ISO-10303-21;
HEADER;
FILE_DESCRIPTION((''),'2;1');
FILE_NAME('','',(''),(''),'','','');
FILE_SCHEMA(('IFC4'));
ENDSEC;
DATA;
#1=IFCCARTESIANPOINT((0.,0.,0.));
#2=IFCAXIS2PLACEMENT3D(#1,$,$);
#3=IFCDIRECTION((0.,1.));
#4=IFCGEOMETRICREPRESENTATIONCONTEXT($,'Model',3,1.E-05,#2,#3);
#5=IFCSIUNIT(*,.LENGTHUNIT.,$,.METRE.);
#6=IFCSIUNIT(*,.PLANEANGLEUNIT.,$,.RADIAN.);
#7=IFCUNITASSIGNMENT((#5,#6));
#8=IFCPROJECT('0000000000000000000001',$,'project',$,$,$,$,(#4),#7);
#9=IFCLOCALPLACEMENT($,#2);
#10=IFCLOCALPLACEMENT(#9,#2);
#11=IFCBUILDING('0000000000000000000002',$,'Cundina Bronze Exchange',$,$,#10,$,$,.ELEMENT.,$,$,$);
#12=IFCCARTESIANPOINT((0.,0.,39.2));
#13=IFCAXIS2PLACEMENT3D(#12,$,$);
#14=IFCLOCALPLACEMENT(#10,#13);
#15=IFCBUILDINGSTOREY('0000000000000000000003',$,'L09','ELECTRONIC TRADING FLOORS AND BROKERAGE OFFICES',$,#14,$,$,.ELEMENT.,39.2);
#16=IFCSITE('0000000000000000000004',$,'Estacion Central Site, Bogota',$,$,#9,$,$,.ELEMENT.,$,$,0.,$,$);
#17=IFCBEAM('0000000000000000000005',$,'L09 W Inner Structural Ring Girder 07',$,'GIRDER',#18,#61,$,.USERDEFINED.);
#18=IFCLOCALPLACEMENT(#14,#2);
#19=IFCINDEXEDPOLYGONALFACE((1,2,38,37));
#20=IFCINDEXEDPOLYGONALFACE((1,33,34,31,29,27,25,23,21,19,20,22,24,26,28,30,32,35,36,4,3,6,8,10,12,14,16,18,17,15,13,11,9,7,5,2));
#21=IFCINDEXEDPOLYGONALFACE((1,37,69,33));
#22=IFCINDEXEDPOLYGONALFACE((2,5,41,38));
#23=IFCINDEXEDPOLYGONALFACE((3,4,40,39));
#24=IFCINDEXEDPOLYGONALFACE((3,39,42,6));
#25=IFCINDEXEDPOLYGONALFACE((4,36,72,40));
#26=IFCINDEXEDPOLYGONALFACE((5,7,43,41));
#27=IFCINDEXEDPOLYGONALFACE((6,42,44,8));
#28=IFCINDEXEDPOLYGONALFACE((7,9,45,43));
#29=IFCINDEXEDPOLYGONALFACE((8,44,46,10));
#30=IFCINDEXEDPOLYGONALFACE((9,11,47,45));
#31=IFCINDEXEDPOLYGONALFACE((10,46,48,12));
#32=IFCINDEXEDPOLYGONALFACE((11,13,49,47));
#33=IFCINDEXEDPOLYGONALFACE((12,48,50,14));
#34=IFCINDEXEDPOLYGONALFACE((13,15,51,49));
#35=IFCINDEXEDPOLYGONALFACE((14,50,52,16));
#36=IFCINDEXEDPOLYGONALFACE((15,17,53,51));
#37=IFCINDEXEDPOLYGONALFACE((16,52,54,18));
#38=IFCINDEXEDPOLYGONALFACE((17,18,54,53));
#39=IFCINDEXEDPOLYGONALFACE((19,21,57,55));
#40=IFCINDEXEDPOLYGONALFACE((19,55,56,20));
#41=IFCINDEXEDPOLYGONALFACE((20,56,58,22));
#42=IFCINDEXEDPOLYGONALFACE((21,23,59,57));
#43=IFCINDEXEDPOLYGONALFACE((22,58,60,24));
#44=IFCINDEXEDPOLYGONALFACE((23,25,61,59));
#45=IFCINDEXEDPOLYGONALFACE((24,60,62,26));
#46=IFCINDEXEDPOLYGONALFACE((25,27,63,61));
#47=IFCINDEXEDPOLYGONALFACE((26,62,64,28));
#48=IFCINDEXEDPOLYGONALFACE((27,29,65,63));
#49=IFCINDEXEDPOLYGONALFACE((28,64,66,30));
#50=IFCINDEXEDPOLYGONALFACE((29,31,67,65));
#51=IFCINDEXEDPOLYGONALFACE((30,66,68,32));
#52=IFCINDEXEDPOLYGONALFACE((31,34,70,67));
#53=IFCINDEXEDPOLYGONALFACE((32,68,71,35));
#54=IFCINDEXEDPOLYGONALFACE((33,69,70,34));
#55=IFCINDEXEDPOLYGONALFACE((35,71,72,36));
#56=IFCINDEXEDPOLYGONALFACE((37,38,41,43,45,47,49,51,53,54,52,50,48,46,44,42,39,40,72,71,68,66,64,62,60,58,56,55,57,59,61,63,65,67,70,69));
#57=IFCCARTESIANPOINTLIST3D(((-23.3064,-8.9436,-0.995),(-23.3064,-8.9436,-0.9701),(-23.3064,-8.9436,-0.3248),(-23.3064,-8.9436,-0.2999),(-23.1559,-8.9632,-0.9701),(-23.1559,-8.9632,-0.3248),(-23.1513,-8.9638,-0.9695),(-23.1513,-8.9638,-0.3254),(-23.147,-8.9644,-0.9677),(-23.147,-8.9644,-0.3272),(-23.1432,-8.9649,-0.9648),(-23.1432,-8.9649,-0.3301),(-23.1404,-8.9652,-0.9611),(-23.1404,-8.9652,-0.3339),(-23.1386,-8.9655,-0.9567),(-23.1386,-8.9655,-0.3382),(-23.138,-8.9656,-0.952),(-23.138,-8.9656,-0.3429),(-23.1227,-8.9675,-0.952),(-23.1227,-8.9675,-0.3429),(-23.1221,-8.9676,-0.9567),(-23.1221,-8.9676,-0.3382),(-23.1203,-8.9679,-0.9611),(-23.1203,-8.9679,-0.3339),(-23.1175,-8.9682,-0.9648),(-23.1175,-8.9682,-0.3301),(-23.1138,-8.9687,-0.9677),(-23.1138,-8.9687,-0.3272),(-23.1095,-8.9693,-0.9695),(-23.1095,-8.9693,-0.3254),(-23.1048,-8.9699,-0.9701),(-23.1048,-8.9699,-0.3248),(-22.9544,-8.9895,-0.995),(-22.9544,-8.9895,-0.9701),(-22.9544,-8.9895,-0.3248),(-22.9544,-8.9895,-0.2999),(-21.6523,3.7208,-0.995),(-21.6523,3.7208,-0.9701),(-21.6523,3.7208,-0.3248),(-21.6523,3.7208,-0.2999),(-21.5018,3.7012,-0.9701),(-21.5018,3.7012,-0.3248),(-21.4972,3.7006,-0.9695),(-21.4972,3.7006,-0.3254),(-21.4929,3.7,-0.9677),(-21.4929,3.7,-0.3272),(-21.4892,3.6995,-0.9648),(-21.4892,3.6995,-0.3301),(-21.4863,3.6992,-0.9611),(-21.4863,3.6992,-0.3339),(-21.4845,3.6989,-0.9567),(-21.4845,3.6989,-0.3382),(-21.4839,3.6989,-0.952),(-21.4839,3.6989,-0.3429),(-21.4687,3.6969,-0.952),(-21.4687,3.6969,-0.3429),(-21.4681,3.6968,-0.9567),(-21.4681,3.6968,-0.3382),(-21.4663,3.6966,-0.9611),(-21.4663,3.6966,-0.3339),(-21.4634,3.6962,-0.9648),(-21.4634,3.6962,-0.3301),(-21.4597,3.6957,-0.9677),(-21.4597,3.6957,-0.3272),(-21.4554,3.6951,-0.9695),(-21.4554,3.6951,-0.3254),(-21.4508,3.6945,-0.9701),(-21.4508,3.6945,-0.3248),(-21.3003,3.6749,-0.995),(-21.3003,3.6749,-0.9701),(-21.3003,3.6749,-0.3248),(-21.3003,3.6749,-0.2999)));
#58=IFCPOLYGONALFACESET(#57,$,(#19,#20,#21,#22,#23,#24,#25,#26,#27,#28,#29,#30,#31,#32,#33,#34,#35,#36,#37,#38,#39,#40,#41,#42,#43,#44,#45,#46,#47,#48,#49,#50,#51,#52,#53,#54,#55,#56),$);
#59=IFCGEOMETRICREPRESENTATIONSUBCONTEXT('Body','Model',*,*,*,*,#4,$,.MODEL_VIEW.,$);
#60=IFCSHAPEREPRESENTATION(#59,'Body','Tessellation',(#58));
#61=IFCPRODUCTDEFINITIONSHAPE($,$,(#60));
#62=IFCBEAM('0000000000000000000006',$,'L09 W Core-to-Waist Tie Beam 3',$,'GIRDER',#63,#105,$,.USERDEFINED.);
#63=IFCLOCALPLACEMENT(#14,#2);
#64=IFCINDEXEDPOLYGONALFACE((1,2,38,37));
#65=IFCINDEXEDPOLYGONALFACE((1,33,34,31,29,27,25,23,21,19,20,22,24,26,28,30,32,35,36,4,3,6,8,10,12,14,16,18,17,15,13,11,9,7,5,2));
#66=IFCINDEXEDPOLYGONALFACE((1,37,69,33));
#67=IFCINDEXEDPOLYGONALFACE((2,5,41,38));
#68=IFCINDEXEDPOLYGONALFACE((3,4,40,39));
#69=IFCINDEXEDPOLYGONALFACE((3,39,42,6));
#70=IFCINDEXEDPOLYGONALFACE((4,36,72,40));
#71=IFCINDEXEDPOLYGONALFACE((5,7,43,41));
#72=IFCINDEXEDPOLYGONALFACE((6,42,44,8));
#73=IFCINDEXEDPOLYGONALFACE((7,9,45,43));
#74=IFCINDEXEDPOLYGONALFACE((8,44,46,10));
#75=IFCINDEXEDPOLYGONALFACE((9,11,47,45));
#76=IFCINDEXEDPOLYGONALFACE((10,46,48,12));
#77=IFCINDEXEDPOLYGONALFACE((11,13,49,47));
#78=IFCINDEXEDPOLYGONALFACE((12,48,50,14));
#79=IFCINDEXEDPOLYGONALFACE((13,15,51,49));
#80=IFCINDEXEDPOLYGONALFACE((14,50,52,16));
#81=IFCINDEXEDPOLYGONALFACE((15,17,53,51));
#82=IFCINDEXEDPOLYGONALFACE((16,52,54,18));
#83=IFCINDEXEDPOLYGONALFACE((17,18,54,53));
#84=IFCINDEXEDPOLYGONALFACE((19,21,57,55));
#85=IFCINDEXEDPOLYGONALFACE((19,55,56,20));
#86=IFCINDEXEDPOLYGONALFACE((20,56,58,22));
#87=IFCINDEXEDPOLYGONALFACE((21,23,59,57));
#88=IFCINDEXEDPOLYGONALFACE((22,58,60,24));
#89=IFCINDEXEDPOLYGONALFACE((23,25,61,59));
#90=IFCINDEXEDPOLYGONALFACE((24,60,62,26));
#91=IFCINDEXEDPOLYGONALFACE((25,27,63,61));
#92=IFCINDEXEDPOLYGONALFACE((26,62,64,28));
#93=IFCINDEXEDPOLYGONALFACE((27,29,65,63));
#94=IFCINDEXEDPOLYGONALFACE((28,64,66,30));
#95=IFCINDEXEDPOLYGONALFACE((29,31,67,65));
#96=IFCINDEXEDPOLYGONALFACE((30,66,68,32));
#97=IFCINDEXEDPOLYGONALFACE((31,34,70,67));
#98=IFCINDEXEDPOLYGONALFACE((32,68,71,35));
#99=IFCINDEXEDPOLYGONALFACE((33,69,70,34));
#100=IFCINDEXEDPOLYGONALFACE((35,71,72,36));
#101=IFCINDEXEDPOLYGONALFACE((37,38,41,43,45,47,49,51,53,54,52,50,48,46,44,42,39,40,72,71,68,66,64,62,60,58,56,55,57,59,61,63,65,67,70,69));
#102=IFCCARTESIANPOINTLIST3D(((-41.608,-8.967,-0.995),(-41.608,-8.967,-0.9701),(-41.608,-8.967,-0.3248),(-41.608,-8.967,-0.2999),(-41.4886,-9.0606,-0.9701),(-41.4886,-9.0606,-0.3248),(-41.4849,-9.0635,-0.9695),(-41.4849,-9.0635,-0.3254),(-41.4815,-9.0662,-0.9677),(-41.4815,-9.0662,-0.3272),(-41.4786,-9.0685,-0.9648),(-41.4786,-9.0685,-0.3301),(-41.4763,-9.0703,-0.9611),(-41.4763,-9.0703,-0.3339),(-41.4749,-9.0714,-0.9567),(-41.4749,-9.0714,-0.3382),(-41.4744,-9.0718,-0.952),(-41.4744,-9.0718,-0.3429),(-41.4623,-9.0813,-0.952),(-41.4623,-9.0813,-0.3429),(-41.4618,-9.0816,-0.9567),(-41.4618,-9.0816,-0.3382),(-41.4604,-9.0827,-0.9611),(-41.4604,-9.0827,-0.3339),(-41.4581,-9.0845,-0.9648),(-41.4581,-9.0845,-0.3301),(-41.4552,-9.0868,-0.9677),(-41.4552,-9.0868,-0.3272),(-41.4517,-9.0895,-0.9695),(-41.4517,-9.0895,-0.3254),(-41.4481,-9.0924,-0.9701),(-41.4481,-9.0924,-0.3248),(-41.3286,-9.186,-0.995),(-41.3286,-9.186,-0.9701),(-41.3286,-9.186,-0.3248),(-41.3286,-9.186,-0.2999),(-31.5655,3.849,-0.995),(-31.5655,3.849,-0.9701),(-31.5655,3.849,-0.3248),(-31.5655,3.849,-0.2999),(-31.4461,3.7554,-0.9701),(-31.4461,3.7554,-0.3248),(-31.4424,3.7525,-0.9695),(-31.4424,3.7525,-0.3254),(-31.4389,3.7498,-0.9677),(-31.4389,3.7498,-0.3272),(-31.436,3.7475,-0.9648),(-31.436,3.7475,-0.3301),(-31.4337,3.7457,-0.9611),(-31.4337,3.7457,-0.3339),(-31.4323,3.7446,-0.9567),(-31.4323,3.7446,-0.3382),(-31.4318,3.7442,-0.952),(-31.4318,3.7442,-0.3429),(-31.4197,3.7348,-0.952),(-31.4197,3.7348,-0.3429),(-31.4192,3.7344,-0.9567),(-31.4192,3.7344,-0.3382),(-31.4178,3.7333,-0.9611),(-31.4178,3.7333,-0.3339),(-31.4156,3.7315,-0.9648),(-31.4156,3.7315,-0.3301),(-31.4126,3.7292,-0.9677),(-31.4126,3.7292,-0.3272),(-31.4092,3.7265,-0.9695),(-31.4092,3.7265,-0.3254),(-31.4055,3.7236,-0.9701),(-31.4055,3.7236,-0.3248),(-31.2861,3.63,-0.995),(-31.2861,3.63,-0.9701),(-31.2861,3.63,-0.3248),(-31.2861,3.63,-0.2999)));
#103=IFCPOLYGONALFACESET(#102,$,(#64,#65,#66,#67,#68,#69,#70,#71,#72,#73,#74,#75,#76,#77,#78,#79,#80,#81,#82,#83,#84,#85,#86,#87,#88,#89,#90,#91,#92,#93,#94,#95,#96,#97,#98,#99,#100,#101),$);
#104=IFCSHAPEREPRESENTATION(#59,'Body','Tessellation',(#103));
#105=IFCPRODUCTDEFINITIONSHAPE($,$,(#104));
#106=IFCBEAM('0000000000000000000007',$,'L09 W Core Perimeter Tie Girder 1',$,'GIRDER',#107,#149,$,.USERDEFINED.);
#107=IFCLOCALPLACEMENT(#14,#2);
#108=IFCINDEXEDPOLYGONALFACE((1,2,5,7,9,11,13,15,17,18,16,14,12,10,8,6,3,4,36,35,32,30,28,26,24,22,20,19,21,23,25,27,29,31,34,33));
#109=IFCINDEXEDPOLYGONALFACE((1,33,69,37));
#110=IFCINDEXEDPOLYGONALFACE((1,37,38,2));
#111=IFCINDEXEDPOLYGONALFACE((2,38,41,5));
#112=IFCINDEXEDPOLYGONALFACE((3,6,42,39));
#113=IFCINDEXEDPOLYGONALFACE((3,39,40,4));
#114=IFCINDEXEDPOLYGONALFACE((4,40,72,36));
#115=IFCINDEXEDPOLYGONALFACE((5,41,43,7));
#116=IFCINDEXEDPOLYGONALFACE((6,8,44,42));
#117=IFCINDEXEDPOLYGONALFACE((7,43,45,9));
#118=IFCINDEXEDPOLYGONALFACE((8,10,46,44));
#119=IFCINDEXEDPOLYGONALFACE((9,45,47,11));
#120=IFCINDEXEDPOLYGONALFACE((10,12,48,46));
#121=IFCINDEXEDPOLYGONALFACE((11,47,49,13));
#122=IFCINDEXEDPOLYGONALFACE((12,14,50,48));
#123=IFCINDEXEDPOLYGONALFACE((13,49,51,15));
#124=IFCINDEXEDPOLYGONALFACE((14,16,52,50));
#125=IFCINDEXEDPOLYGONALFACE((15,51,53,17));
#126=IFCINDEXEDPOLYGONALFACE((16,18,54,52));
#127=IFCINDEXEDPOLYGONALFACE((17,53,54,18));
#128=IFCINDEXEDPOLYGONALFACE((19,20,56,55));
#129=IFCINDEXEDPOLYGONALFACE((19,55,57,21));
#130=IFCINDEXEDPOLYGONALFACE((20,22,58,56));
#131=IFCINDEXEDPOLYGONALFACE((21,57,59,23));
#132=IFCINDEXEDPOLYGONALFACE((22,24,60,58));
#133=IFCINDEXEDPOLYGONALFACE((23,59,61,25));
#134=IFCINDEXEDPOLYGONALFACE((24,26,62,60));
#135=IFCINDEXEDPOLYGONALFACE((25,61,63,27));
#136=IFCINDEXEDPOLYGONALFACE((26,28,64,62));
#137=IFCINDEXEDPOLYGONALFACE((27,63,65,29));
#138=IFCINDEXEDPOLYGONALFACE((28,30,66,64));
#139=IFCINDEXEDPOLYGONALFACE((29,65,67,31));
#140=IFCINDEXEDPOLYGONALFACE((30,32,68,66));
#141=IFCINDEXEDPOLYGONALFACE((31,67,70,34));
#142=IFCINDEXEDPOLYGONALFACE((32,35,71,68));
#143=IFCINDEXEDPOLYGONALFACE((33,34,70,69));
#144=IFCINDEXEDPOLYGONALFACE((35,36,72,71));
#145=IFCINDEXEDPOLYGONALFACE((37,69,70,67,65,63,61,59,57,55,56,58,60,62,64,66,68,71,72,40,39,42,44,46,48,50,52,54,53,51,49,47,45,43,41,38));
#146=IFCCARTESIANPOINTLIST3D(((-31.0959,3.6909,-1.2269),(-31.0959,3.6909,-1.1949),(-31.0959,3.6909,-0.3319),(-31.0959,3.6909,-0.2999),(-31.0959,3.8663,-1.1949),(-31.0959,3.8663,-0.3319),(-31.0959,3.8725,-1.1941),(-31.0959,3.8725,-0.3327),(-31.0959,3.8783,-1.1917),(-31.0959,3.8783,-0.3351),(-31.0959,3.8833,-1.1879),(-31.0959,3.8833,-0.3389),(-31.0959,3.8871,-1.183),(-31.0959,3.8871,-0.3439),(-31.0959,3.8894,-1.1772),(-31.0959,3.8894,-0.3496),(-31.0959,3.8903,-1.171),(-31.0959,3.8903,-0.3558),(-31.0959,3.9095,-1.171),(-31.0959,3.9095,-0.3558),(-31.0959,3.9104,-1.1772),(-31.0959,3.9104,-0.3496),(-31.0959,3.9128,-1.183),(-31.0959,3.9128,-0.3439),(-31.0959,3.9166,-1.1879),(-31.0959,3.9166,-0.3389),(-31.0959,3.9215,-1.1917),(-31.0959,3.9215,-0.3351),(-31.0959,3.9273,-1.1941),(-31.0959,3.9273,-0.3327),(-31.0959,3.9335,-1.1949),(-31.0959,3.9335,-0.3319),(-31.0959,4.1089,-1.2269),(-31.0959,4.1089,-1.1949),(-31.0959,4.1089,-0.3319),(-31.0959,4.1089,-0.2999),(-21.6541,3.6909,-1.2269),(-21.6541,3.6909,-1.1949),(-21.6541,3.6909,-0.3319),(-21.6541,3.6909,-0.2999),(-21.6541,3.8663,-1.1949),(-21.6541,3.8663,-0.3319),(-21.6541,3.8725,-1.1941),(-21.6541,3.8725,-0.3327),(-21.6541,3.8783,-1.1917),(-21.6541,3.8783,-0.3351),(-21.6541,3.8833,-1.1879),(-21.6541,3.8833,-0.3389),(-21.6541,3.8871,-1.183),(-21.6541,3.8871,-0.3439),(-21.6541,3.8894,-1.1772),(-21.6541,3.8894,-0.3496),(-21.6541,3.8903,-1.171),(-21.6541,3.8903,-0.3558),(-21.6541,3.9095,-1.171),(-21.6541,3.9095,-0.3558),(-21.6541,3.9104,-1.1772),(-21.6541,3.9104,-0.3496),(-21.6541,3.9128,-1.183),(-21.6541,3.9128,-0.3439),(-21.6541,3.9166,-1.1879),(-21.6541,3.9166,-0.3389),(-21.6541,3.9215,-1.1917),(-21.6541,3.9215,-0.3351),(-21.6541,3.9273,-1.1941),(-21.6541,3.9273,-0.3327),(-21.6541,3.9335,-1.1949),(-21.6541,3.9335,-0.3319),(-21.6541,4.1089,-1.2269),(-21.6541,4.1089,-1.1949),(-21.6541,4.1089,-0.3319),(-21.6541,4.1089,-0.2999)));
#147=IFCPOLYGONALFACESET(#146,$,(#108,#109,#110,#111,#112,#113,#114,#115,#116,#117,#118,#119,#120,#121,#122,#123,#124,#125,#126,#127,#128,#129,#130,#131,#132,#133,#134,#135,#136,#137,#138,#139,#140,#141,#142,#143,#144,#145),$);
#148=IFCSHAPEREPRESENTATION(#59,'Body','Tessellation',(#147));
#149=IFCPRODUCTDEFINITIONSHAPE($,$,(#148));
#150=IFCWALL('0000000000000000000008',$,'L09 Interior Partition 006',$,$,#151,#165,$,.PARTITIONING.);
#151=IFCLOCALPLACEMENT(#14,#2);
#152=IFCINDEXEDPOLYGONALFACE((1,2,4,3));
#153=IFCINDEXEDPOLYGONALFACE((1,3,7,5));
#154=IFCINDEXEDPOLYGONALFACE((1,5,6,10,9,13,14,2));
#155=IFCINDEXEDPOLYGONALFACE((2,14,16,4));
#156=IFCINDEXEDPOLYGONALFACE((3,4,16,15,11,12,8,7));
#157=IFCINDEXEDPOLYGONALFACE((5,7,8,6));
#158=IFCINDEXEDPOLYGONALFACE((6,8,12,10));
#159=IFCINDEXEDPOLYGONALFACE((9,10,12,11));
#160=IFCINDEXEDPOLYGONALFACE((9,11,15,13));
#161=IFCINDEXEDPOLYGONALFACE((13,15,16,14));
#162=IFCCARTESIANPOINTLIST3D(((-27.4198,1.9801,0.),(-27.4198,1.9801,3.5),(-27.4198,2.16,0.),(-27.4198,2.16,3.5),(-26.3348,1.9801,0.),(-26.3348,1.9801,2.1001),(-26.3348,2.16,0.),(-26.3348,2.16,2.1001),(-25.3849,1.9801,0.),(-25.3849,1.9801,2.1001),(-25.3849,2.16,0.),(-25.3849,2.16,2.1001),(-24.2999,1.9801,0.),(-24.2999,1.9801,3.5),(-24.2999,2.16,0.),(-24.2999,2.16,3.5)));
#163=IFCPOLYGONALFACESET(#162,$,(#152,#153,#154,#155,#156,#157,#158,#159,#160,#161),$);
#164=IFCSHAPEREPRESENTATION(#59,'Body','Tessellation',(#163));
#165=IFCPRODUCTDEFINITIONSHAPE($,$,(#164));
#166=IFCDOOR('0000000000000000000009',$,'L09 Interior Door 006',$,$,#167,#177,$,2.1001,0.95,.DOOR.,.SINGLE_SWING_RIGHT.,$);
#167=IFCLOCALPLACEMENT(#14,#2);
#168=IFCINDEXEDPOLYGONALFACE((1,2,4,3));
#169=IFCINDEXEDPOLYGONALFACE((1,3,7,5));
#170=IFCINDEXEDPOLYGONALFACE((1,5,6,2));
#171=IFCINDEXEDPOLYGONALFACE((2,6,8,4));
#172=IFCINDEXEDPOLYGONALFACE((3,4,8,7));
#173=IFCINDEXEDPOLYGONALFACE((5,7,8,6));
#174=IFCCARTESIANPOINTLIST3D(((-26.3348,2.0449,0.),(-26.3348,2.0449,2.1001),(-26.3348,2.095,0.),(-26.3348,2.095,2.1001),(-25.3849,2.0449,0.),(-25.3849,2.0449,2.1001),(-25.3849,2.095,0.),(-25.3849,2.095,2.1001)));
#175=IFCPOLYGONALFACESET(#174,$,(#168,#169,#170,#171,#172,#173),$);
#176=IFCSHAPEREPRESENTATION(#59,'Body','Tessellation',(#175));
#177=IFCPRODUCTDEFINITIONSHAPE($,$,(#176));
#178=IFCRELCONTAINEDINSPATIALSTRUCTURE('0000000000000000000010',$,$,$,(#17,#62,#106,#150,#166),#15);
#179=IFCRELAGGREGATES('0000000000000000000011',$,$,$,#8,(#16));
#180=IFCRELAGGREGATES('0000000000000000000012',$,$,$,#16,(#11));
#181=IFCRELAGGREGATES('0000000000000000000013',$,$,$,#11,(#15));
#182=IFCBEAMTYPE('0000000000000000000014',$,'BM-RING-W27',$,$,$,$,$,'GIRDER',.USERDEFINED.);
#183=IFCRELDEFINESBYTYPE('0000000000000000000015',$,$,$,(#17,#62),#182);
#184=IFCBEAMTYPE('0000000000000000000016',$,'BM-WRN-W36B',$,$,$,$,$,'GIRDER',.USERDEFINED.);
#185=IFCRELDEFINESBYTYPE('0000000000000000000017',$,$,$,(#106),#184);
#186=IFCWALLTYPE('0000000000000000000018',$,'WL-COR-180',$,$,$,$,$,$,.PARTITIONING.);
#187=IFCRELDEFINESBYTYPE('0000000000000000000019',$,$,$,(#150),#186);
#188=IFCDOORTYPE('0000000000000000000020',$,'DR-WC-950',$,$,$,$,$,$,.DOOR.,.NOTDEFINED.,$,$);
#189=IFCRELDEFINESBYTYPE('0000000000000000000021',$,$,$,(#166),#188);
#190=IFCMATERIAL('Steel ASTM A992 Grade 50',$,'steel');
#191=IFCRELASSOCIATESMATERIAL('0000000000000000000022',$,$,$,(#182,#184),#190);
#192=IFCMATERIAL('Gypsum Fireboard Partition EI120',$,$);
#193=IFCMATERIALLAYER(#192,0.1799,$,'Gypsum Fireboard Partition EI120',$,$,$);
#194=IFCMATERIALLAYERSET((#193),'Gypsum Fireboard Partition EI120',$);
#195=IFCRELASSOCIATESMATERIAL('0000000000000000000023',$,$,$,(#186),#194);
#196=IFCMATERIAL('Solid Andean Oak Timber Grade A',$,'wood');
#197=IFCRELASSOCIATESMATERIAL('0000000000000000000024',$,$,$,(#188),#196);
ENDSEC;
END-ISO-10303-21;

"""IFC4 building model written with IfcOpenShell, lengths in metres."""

from ifc_helpers import new_model, si_unit, direction, frame, frame_2d, origin, origin_2d, place, context, subcontext, project, spatial, rectangle, i_section, extrude, material, layer, layer_set, material_profile, profile_set, type_object, element, fill, save


model = new_model("IFC4")

# Units and contexts
model_context = context("Model", 3, precision=1e-05, world=origin(), true_north=direction((0.0, 1.0)))
body_context = subcontext(model_context, "Body", "Model", "MODEL_VIEW")
ifc_project = project(units=[si_unit("LENGTHUNIT", "METRE"), si_unit("PLANEANGLEUNIT", "RADIAN")], contexts=[model_context])

# Site, building, storey
site_placement = place(None, origin())
site = spatial("IfcSite", under=ifc_project, at=site_placement, Name="Estacion Central Site, Bogota", CompositionType="ELEMENT", RefElevation=0.0)
building_placement = place(site_placement, origin())
building = spatial("IfcBuilding", under=site, at=building_placement, Name="Cundina Bronze Exchange", CompositionType="ELEMENT")
storey_placement = place(building_placement, frame((0.0, 0.0, 39.2)))
storey = spatial("IfcBuildingStorey", under=building, at=storey_placement, Name="L09", Description="ELECTRONIC TRADING FLOORS AND BROKERAGE OFFICES", CompositionType="ELEMENT", Elevation=39.2)

# Shared definitions
ifc_material_1 = material(Name="Steel ASTM A992 Grade 50", Category="steel")

# Beams
ifc_material_profile_1 = material_profile(ifc_material_1, i_section(OverallWidth=0.355, OverallDepth=0.6951, WebThickness=0.0154, FlangeThickness=0.0249, FilletRadius=0.0181, at=origin_2d()), Name="W27X146", Category="steel")
ifc_profile_set_1 = profile_set([ifc_material_profile_1], Name="Steel ASTM A992 Grade 50")
beam_type_1 = type_object("IfcBeamType", Name="BM-RING-W27", ElementType="GIRDER", PredefinedType="USERDEFINED", material=ifc_profile_set_1)
beam_1_placement = place(storey_placement, frame((-23.1304, -8.9666, -0.6475), z_axis=(0.129508, 0.991578, 0.0), x_axis=(-0.991578, 0.129508, 0.0)))
element("IfcBeam", 1, at=beam_1_placement, inside=storey, type_object=beam_type_1, Name="L09 W Inner Structural Ring Girder 07", ObjectType="GIRDER", PredefinedType="USERDEFINED", context=body_context, shape_type="SweptSolid", body=[
    extrude(i_section(OverallWidth=0.355, OverallDepth=0.6951, WebThickness=0.0154, FlangeThickness=0.0249, FilletRadius=0.0181, at=origin_2d()), origin(), (0.0, 0.0, 1.0), 12.772),
])
beam_2_placement = place(storey_placement, frame((-31.4258, 3.7395, -0.6475), z_axis=(-0.616789, -0.787128, 0.0), x_axis=(0.787128, -0.616789, 0.0)))
element("IfcBeam", 2, at=beam_2_placement, inside=storey, type_object=beam_type_1, Name="L09 W Core-to-Waist Tie Beam 3", ObjectType="GIRDER", PredefinedType="USERDEFINED", context=body_context, shape_type="SweptSolid", body=[
    extrude(i_section(OverallWidth=0.355, OverallDepth=0.6951, WebThickness=0.0154, FlangeThickness=0.0249, FilletRadius=0.0181, at=origin_2d()), origin(), (0.0, 0.0, 1.0), 16.282),
])
ifc_material_profile_2 = material_profile(ifc_material_1, i_section(OverallWidth=0.418, OverallDepth=0.927, WebThickness=0.0193, FlangeThickness=0.032, FilletRadius=0.0239, at=origin_2d()), Name="W36X231", Category="steel")
ifc_profile_set_2 = profile_set([ifc_material_profile_2], Name="Steel ASTM A992 Grade 50")
beam_type_2 = type_object("IfcBeamType", Name="BM-WRN-W36B", ElementType="GIRDER", PredefinedType="USERDEFINED", material=ifc_profile_set_2)
beam_3_placement = place(storey_placement, frame((-31.0959, 3.8999, -0.7634), z_axis=(1.0, 0.0, 0.0), x_axis=(0.0, 1.0, 0.0)))
element("IfcBeam", 3, at=beam_3_placement, inside=storey, type_object=beam_type_2, Name="L09 W Core Perimeter Tie Girder 1", ObjectType="GIRDER", PredefinedType="USERDEFINED", context=body_context, shape_type="SweptSolid", body=[
    extrude(i_section(OverallWidth=0.418, OverallDepth=0.927, WebThickness=0.0193, FlangeThickness=0.032, FilletRadius=0.0239, at=origin_2d()), origin(), (0.0, 0.0, 1.0), 9.4419),
])

# Wall, opening, door
ifc_material_2 = material(Name="Gypsum Fireboard Partition EI120")
ifc_layer_1 = layer(ifc_material_2, 0.1799, Name="Gypsum Fireboard Partition EI120")
ifc_layer_set_1 = layer_set([ifc_layer_1], Name="Gypsum Fireboard Partition EI120")
wall_type_1 = type_object("IfcWallType", Name="WL-COR-180", PredefinedType="PARTITIONING", material=ifc_layer_set_1)
wall_1_placement = place(storey_placement, frame((-27.4199, 2.0701, 0.0), z_axis=(0.0, 0.0, 1.0), x_axis=(1.0, 0.0, 0.0)))
wall_1 = element("IfcWall", 4, at=wall_1_placement, inside=storey, type_object=wall_type_1, Name="L09 Interior Partition 006", PredefinedType="PARTITIONING", context=body_context, shape_type="SweptSolid", body=[
    extrude(rectangle(XDim=3.1199, YDim=0.1799, at=frame_2d((1.5601, 0.0))), origin(), (0.0, 0.0, 1.0), 3.5),
])
opening_1_placement = place(wall_1_placement, frame((1.085, 0.0, 0.0)))
opening_1 = element("IfcOpeningElement", 5, at=opening_1_placement, cuts=wall_1, PredefinedType="OPENING", context=body_context, shape_type="SweptSolid", body=[
    extrude(rectangle(XDim=0.95, YDim=2.1001, at=frame_2d((0.4751, 1.05))), frame((0.0, 0.0999, 0.0), z_axis=(0.0, -1.0, 0.0), x_axis=(1.0, 0.0, 0.0)), (0.0, 0.0, 1.0), 0.2),
])
ifc_material_3 = material(Name="Solid Andean Oak Timber Grade A", Category="wood")
door_type_1 = type_object("IfcDoorType", Name="DR-WC-950", OperationType="NOTDEFINED", PredefinedType="DOOR", material=ifc_material_3)
door_1_placement = place(opening_1_placement, origin())
door_1 = element("IfcDoor", 6, at=door_1_placement, inside=storey, type_object=door_type_1, Name="L09 Interior Door 006", OperationType="SINGLE_SWING_RIGHT", OverallHeight=2.1001, OverallWidth=0.95, PredefinedType="DOOR", context=body_context, shape_type="SweptSolid", body=[
    extrude(rectangle(XDim=0.95, YDim=2.1001, at=frame_2d((0.4751, 1.05))), frame((0.0, 0.0249, 0.0), z_axis=(0.0, -1.0, 0.0), x_axis=(1.0, 0.0, 0.0)), (0.0, 0.0, 1.0), 0.05),
])
fill(opening_1, door_1)

save(model, "model.ifc")
